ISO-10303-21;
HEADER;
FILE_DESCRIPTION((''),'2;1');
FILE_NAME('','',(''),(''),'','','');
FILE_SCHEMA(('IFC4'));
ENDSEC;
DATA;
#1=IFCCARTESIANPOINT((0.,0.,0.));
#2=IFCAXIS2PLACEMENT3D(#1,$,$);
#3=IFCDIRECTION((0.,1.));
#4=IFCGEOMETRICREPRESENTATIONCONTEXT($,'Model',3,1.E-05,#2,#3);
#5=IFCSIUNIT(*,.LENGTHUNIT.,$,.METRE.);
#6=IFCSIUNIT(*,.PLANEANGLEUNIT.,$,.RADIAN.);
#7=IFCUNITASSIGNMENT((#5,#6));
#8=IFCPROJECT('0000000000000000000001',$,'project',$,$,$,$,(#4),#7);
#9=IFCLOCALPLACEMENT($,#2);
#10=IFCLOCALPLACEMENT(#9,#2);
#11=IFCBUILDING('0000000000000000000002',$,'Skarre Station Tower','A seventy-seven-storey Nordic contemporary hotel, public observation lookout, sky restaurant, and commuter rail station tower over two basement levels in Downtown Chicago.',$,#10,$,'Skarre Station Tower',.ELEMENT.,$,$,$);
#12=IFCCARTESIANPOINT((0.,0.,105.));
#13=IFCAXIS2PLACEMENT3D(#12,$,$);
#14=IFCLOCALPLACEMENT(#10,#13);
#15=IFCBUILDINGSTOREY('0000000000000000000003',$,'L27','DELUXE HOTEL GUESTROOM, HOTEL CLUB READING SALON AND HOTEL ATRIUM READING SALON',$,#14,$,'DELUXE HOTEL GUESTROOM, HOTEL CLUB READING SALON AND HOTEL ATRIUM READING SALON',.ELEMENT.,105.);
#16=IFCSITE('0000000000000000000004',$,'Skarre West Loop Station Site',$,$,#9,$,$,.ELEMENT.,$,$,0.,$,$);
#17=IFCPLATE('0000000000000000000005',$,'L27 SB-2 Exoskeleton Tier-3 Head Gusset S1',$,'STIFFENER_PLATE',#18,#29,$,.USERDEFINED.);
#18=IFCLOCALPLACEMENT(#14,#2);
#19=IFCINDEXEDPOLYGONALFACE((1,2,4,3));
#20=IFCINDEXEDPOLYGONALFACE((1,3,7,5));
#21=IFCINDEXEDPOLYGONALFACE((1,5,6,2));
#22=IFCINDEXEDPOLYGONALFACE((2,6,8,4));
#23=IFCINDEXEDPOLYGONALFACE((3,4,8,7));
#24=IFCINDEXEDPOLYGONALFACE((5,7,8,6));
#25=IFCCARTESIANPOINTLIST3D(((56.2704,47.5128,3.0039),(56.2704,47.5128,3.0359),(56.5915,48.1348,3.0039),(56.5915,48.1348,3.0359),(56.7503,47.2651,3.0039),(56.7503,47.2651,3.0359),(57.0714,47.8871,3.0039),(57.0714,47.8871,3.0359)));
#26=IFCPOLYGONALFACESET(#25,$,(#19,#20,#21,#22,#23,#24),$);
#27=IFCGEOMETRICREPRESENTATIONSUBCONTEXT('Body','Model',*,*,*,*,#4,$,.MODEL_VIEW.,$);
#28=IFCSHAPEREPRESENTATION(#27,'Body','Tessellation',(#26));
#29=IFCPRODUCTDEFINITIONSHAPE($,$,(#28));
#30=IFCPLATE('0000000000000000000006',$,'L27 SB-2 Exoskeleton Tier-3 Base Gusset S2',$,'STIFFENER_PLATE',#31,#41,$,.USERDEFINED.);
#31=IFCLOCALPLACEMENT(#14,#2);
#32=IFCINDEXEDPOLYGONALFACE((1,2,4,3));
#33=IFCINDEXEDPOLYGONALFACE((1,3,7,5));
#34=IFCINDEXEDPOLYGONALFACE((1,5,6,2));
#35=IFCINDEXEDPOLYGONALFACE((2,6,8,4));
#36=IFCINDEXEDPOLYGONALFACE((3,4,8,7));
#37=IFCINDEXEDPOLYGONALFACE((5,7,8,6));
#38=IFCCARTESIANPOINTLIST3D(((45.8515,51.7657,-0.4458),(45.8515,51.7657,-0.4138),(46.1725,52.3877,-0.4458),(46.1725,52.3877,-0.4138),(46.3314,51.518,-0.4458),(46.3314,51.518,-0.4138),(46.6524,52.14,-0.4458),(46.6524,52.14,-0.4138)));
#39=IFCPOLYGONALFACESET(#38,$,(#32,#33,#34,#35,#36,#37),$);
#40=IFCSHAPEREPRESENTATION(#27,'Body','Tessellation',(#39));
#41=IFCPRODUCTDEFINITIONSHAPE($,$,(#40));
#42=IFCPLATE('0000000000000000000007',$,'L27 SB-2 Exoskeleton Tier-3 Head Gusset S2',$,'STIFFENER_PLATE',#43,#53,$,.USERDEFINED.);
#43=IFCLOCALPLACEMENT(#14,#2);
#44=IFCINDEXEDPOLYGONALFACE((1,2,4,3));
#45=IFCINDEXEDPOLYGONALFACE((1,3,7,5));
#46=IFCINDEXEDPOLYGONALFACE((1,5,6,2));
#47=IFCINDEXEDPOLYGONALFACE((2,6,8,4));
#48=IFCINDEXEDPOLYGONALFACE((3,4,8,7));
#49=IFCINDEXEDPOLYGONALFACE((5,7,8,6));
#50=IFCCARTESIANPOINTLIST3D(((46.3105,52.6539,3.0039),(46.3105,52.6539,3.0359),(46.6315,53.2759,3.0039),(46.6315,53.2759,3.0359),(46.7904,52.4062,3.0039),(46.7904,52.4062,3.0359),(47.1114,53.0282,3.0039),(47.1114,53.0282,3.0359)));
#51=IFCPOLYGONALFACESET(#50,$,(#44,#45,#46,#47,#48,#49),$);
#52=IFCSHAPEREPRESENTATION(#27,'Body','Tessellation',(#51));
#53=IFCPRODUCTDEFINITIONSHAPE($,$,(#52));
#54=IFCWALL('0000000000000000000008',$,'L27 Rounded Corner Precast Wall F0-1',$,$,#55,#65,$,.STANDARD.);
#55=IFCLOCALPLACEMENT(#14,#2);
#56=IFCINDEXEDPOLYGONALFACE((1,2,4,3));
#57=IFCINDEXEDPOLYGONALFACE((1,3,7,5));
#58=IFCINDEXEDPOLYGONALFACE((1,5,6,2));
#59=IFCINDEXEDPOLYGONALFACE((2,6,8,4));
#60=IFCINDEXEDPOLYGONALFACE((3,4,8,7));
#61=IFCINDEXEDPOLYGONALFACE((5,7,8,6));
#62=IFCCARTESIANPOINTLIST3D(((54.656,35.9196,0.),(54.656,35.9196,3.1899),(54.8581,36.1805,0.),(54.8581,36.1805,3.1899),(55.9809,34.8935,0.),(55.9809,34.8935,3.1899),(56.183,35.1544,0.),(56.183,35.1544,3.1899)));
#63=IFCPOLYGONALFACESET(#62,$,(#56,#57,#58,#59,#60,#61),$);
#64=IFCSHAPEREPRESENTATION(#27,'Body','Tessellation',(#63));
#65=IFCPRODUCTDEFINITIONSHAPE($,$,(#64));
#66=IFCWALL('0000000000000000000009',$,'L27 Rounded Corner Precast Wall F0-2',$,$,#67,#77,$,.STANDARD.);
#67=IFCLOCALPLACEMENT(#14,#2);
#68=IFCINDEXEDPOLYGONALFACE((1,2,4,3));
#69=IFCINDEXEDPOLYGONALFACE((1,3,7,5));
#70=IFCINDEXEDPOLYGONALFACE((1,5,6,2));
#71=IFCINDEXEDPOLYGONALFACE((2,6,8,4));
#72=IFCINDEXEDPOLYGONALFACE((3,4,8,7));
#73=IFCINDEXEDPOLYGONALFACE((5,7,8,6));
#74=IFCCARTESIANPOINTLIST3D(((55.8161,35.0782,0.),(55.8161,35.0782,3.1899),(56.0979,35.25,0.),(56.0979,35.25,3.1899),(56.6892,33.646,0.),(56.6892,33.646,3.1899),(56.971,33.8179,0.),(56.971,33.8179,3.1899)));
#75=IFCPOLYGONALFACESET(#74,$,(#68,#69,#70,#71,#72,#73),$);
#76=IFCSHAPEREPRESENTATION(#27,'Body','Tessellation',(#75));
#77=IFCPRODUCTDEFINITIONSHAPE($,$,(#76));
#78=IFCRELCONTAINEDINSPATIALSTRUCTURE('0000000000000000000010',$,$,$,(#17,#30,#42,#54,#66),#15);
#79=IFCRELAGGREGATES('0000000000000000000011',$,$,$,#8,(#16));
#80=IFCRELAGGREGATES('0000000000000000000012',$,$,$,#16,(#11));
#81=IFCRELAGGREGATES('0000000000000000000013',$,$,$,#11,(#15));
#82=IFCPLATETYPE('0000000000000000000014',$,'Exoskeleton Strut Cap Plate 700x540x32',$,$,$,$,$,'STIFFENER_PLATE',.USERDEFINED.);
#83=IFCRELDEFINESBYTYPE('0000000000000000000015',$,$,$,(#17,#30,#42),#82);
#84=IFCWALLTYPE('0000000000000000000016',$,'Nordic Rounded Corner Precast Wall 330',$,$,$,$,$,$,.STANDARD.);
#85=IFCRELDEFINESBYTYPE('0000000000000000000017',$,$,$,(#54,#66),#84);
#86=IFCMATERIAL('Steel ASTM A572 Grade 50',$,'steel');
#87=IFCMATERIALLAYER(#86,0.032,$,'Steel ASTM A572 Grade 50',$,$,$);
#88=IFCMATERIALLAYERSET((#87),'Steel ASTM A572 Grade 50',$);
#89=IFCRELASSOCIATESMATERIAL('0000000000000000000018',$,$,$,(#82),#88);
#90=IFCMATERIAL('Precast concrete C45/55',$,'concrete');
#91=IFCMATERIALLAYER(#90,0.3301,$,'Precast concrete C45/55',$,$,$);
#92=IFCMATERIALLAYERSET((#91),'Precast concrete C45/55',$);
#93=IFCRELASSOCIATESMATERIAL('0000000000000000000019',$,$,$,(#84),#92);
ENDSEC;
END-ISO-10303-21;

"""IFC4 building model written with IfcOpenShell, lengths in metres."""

from ifc_helpers import new_model, si_unit, direction, frame, frame_2d, origin, origin_2d, place, context, subcontext, project, spatial, rectangle, extrude, material, layer, layer_set, type_object, element, save


model = new_model("IFC4")

# Units and contexts
model_context = context("Model", 3, precision=1e-05, world=origin(), true_north=direction((0.0, 1.0)))
body_context = subcontext(model_context, "Body", "Model", "MODEL_VIEW")
ifc_project = project(units=[si_unit("LENGTHUNIT", "METRE"), si_unit("PLANEANGLEUNIT", "RADIAN")], contexts=[model_context])

# Site, building, storey
site_placement = place(None, origin())
site = spatial("IfcSite", under=ifc_project, at=site_placement, Name="Skarre West Loop Station Site", CompositionType="ELEMENT", RefElevation=0.0)
building_placement = place(site_placement, origin())
building = spatial("IfcBuilding", under=site, at=building_placement, Name="Skarre Station Tower", Description="A seventy-seven-storey Nordic contemporary hotel, public observation lookout, sky restaurant, and commuter rail station tower over two basement levels in Downtown Chicago.", LongName="Skarre Station Tower", CompositionType="ELEMENT")
storey_placement = place(building_placement, frame((0.0, 0.0, 105.0)))
storey = spatial("IfcBuildingStorey", under=building, at=storey_placement, Name="L27", Description="DELUXE HOTEL GUESTROOM, HOTEL CLUB READING SALON AND HOTEL ATRIUM READING SALON", LongName="DELUXE HOTEL GUESTROOM, HOTEL CLUB READING SALON AND HOTEL ATRIUM READING SALON", CompositionType="ELEMENT", Elevation=105.0)

# Plates
ifc_material_1 = material(Name="Steel ASTM A572 Grade 50", Category="steel")
ifc_layer_1 = layer(ifc_material_1, 0.032, Name="Steel ASTM A572 Grade 50")
ifc_layer_set_1 = layer_set([ifc_layer_1], Name="Steel ASTM A572 Grade 50")
plate_type = type_object("IfcPlateType", Name="Exoskeleton Strut Cap Plate 700x540x32", ElementType="STIFFENER_PLATE", PredefinedType="USERDEFINED", material=ifc_layer_set_1)
for number, where, z_axis, x_axis, name in (
    (1, (56.6709, 47.7, 3.0039), (0.0, 0.0, 1.0), (0.45865, 0.888617, 0.0), "L27 SB-2 Exoskeleton Tier-3 Head Gusset S1"),
    (2, (46.252, 51.9529, -0.4458), (0.0, 0.0, 1.0), (0.45865, 0.888617, 0.0), "L27 SB-2 Exoskeleton Tier-3 Base Gusset S2"),
    (3, (46.7109, 52.8411, 3.0039), (0.0, 0.0, 1.0), (0.45865, 0.888617, 0.0), "L27 SB-2 Exoskeleton Tier-3 Head Gusset S2"),
):
    element("IfcPlate", number, at=place(storey_placement, frame(where, z_axis=z_axis, x_axis=x_axis)), inside=storey, type_object=plate_type, Name=name, ObjectType="STIFFENER_PLATE", PredefinedType="USERDEFINED", context=body_context, shape_type="SweptSolid", body=[
        extrude(rectangle(XDim=0.7, YDim=0.54, at=origin_2d()), origin(), (0.0, 0.0, 1.0), 0.032),
    ])

# Walls
ifc_material_2 = material(Name="Precast concrete C45/55", Category="concrete")
ifc_layer_2 = layer(ifc_material_2, 0.3301, Name="Precast concrete C45/55")
ifc_layer_set_2 = layer_set([ifc_layer_2], Name="Precast concrete C45/55")
wall_type = type_object("IfcWallType", Name="Nordic Rounded Corner Precast Wall 330", PredefinedType="STANDARD", material=ifc_layer_set_2)
wall_1_placement = place(storey_placement, frame((54.7571, 36.05, 0.0), z_axis=(0.0, 0.0, 1.0), x_axis=(0.790621, -0.612305, 0.0)))
element("IfcWall", 4, at=wall_1_placement, inside=storey, type_object=wall_type, Name="L27 Rounded Corner Precast Wall F0-1", PredefinedType="STANDARD", context=body_context, shape_type="SweptSolid", body=[
    extrude(rectangle(XDim=1.6758, YDim=0.3301, at=frame_2d((0.8379, 0.0))), origin(), (0.0, 0.0, 1.0), 3.1899),
])
wall_2_placement = place(storey_placement, frame((55.957, 35.1641, 0.0), z_axis=(0.0, 0.0, 1.0), x_axis=(0.520519, -0.85385, 0.0)))
element("IfcWall", 5, at=wall_2_placement, inside=storey, type_object=wall_type, Name="L27 Rounded Corner Precast Wall F0-2", PredefinedType="STANDARD", context=body_context, shape_type="SweptSolid", body=[
    extrude(rectangle(XDim=1.6772, YDim=0.3301, at=frame_2d((0.8386, 0.0))), origin(), (0.0, 0.0, 1.0), 3.1899),
])

save(model, "model.ifc")
